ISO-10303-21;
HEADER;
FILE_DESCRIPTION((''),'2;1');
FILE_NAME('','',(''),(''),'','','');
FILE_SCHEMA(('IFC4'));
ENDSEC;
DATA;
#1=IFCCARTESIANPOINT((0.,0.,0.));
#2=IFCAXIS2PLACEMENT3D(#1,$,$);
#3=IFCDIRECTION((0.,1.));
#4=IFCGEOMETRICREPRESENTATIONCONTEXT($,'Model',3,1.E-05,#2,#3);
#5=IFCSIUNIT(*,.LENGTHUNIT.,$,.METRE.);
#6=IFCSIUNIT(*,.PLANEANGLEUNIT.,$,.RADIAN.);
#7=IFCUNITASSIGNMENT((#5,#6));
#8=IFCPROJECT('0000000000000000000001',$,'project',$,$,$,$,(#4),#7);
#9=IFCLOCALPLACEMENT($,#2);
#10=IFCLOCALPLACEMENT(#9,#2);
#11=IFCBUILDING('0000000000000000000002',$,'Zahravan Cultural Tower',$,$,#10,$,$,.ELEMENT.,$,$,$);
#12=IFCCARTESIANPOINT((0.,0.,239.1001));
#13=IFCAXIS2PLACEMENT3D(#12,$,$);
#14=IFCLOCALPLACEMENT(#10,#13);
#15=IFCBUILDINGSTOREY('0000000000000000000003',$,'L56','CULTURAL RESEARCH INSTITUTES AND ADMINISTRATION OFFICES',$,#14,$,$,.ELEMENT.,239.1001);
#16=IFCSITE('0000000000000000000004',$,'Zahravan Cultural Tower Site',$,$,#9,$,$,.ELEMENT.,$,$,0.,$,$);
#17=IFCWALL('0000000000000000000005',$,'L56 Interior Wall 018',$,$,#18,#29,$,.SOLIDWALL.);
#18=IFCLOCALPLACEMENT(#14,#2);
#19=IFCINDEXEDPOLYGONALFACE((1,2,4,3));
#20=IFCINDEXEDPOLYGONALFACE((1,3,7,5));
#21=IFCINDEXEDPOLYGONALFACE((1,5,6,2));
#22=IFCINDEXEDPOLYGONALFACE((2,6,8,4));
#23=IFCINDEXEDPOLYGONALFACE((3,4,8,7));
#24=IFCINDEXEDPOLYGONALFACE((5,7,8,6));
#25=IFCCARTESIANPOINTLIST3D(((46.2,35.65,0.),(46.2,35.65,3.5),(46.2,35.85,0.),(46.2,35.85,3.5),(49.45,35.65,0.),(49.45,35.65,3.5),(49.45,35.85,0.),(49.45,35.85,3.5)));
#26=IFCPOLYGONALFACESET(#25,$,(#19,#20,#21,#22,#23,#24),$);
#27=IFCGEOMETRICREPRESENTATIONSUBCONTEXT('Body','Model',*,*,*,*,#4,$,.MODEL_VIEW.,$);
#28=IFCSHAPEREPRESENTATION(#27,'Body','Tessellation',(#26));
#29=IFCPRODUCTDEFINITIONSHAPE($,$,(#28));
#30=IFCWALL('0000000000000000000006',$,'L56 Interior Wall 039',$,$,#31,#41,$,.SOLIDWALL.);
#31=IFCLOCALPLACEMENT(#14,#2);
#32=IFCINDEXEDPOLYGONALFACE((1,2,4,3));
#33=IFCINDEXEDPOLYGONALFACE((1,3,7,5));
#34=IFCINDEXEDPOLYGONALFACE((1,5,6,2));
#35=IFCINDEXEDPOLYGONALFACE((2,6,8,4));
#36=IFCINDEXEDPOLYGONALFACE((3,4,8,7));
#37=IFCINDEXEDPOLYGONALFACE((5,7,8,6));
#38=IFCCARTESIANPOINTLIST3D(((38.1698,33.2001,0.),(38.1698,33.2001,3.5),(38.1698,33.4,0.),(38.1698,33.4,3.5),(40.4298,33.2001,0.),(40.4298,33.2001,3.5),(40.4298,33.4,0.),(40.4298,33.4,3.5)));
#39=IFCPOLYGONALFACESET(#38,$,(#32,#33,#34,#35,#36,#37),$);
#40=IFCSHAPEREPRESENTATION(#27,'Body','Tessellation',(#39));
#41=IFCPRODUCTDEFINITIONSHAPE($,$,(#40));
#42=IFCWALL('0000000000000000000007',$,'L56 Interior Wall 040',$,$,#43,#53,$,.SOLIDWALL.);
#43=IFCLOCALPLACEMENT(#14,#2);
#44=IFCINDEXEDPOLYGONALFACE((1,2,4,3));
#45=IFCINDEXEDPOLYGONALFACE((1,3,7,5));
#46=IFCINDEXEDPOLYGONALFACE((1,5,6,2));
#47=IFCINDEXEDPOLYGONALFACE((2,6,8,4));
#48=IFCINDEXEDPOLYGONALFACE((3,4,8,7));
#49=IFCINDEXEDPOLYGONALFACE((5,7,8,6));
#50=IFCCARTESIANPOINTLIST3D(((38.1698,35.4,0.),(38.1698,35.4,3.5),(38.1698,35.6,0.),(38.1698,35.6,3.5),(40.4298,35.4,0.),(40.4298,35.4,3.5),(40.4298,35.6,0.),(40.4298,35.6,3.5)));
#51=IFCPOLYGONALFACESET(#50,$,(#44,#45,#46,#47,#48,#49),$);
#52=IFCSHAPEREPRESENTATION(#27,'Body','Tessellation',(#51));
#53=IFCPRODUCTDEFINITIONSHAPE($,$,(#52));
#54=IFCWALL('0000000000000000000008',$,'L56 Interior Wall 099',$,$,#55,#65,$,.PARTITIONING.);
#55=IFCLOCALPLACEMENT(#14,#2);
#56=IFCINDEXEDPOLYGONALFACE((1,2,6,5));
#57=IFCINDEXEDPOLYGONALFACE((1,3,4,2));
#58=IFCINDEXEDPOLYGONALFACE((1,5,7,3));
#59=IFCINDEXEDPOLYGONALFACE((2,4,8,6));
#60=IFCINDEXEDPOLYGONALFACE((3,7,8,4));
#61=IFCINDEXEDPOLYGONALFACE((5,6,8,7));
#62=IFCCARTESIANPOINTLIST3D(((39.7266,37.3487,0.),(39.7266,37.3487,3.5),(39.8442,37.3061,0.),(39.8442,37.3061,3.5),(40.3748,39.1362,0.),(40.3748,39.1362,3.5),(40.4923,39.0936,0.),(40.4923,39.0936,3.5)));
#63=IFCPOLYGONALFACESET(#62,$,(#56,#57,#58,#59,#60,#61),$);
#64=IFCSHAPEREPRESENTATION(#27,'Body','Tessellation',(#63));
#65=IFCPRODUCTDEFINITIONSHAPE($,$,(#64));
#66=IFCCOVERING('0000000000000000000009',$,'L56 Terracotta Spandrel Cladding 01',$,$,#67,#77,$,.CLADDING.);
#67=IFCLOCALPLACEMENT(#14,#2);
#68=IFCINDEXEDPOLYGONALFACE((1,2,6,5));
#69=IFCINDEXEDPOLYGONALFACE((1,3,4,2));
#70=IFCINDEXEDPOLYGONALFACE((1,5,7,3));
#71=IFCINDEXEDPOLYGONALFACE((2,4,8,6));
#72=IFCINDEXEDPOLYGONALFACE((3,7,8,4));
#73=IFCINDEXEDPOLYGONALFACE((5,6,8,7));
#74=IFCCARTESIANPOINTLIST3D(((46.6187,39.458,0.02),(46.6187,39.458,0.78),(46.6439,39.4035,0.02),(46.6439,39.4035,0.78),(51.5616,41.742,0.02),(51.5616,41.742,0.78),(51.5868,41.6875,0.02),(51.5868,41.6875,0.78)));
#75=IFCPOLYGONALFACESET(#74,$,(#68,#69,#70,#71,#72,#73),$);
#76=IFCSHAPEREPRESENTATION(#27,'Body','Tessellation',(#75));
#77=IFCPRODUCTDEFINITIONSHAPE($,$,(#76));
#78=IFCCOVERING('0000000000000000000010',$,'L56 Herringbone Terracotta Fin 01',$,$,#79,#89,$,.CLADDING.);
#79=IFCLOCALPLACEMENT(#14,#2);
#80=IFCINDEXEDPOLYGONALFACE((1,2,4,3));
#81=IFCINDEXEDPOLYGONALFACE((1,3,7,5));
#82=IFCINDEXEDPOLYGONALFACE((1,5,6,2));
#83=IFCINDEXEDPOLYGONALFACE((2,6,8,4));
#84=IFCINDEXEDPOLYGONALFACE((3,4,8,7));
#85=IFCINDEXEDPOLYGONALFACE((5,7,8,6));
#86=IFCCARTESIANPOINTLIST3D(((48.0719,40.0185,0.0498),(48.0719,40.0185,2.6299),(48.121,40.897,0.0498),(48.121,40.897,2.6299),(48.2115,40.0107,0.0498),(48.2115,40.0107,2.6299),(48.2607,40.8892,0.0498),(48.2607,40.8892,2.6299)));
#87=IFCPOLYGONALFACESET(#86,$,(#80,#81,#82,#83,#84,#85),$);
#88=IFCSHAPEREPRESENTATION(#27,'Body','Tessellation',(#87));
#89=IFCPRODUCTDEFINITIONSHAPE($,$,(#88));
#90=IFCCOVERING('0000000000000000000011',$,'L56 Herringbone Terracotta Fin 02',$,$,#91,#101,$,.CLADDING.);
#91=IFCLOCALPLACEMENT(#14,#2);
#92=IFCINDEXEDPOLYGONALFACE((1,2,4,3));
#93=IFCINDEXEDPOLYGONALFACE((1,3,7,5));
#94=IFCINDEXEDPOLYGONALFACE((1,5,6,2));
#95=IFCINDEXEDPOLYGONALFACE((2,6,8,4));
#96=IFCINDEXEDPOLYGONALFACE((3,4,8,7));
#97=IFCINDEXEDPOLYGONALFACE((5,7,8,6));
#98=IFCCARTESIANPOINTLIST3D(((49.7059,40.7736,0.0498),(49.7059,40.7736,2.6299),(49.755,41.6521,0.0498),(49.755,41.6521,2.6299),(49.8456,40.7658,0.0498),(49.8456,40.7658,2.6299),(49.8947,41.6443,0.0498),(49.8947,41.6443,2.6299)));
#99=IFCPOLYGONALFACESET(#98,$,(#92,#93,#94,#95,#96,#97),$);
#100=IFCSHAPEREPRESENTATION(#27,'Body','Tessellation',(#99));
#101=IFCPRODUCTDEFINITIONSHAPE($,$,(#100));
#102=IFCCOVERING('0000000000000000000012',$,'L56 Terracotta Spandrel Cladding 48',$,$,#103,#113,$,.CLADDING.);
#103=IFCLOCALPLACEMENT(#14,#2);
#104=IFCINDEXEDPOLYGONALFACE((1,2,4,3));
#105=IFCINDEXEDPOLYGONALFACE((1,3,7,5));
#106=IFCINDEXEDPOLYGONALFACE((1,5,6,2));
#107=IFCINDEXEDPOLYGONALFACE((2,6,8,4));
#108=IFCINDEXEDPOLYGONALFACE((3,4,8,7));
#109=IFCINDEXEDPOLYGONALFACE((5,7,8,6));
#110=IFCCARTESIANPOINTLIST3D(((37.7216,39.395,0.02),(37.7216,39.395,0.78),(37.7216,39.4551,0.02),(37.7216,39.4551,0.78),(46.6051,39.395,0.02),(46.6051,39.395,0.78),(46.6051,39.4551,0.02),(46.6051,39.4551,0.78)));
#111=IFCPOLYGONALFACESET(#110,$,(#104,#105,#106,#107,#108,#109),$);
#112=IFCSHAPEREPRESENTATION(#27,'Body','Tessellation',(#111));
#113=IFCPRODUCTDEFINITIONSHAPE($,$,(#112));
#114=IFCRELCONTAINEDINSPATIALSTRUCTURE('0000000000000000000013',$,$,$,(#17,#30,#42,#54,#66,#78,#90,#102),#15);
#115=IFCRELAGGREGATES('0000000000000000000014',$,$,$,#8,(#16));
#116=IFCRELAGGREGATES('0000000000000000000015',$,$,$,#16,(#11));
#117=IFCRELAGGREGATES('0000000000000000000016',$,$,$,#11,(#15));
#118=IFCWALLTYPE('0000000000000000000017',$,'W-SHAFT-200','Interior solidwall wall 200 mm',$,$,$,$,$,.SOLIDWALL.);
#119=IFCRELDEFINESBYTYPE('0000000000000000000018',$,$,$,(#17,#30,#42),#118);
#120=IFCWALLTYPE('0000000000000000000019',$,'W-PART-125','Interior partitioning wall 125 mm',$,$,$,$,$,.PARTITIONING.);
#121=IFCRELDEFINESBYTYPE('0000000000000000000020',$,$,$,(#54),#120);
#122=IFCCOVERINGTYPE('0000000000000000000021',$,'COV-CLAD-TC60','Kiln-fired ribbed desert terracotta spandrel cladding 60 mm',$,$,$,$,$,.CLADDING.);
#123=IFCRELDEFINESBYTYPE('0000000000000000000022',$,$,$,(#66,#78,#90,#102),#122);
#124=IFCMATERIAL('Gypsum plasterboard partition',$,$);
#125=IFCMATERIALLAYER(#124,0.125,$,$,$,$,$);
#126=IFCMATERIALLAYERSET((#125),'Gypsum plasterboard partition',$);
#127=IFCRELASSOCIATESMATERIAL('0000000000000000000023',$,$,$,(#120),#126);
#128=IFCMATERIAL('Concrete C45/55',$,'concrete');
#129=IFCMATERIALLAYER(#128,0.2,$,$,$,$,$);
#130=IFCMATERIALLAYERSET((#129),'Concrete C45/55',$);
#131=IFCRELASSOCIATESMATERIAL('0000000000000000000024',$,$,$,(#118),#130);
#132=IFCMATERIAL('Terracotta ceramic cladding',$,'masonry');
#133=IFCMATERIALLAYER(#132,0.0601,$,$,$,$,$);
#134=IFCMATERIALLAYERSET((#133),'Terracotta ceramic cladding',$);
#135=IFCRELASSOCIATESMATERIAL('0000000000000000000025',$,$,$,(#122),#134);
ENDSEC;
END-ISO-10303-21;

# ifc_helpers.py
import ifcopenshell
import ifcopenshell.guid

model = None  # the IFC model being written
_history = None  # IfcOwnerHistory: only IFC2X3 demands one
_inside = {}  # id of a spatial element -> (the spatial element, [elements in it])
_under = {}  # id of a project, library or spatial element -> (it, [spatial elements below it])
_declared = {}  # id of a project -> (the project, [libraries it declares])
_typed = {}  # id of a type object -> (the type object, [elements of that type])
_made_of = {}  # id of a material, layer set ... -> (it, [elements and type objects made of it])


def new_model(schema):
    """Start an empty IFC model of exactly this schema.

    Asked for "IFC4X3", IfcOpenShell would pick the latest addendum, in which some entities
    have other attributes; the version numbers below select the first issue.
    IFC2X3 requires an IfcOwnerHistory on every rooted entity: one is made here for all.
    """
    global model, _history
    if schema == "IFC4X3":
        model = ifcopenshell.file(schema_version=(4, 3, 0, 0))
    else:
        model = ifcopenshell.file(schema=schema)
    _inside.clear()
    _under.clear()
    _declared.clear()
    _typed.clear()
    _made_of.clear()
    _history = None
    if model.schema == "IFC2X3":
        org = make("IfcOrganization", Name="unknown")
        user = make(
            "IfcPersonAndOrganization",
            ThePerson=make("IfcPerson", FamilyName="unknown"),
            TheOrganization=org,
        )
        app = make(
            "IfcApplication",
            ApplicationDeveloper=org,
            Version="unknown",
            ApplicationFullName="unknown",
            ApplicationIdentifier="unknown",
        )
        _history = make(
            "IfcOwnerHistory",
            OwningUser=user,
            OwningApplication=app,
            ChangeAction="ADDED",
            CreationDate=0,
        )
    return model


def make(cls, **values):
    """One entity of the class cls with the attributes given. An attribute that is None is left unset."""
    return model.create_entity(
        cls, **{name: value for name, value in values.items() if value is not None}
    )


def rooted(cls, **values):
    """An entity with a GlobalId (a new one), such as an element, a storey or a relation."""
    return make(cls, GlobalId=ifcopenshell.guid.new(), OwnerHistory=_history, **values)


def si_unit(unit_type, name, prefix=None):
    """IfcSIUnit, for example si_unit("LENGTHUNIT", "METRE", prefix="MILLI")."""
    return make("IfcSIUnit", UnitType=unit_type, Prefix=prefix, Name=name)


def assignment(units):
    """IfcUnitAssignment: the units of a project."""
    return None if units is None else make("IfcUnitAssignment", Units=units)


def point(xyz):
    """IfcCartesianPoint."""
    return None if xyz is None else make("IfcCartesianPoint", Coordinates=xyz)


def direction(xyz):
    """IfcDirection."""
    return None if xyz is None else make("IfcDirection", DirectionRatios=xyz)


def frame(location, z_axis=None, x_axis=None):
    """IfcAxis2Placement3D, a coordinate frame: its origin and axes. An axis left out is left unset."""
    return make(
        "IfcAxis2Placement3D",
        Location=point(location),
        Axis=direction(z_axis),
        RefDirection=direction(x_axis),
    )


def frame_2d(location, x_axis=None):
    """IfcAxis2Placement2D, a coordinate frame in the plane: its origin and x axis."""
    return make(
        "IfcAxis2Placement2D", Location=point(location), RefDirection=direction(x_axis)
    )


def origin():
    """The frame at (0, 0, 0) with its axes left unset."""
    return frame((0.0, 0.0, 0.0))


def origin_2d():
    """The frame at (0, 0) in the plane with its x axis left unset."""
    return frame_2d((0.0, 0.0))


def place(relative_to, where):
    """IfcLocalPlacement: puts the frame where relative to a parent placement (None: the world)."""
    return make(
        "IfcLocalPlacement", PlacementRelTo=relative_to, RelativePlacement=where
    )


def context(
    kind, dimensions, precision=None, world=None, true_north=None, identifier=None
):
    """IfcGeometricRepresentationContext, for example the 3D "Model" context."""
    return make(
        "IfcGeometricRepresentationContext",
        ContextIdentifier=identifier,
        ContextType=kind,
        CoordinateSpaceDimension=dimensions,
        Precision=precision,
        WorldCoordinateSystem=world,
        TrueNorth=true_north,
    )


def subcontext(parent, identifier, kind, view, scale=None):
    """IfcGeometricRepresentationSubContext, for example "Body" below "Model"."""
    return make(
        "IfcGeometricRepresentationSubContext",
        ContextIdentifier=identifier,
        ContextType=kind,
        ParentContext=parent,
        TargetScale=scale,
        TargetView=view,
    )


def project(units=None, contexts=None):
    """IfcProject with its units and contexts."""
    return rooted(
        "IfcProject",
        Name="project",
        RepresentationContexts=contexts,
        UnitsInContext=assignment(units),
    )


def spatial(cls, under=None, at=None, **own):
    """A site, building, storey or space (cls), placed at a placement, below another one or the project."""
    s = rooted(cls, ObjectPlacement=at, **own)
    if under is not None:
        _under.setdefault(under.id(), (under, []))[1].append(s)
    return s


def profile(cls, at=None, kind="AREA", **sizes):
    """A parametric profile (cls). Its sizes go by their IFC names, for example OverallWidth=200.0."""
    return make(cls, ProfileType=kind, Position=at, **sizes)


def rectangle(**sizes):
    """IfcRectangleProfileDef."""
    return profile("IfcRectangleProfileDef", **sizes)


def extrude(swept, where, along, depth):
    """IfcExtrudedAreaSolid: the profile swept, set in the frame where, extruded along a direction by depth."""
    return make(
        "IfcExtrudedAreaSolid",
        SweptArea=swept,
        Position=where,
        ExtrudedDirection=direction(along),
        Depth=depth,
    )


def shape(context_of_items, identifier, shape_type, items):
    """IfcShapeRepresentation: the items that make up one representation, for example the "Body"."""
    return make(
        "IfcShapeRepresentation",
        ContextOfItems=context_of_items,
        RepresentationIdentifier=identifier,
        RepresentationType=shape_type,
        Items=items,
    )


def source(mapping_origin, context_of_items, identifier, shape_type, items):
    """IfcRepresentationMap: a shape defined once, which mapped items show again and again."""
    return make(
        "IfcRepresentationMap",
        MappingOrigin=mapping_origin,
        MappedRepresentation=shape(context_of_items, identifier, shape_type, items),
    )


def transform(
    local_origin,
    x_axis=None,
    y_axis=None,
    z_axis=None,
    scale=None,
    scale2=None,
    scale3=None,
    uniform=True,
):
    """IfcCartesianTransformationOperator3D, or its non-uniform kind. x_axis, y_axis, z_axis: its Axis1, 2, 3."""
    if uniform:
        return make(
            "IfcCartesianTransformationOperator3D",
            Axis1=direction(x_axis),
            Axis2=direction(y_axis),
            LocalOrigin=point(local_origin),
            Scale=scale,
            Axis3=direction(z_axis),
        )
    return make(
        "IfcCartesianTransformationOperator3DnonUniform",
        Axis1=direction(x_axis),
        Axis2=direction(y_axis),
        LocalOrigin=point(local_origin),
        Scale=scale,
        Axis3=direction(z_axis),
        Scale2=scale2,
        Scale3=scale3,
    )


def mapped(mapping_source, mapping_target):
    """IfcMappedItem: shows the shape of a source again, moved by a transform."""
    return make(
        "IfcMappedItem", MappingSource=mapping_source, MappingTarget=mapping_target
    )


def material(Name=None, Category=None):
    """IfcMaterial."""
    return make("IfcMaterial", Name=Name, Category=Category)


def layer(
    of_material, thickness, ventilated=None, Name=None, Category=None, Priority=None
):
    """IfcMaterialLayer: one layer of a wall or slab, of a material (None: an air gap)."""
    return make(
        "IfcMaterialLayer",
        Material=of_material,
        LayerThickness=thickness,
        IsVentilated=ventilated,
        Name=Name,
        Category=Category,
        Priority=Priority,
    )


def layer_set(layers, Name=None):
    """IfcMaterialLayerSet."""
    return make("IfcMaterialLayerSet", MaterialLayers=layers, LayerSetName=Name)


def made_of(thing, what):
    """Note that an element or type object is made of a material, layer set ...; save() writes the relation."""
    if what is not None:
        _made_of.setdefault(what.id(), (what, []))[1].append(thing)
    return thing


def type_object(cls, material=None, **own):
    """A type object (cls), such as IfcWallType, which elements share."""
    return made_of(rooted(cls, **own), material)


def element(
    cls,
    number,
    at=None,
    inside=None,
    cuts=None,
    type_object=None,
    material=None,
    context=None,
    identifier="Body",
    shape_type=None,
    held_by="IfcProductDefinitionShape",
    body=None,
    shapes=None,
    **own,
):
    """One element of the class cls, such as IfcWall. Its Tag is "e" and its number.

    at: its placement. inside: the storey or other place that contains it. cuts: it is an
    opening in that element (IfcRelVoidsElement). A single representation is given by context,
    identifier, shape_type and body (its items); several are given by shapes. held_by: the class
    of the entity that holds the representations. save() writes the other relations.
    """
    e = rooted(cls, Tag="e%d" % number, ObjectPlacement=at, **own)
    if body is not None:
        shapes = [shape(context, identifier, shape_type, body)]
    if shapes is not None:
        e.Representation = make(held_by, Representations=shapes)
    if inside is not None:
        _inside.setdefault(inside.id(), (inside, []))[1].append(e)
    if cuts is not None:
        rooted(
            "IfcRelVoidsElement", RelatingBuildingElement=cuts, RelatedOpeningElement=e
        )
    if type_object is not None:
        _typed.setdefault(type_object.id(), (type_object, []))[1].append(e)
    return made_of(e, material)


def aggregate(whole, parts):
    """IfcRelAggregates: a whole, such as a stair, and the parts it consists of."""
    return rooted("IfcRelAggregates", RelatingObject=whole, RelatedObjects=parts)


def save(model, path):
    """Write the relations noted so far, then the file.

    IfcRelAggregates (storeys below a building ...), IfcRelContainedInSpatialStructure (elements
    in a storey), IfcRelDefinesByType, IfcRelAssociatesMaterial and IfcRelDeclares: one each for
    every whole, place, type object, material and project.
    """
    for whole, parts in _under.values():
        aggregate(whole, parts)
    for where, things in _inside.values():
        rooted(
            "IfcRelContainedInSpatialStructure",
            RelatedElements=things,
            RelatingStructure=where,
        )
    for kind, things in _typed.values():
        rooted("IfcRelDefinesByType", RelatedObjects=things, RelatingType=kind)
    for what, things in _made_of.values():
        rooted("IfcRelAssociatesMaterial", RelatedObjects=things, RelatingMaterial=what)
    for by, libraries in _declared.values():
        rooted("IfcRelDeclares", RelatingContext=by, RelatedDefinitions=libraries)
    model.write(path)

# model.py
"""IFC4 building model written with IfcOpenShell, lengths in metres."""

from ifc_helpers import new_model, si_unit, direction, frame, frame_2d, origin, origin_2d, place, context, subcontext, project, spatial, rectangle, extrude, source, transform, mapped, material, layer, layer_set, type_object, element, save


model = new_model("IFC4")

# Units and contexts
model_context = context("Model", 3, precision=1e-05, world=origin(), true_north=direction((0.0, 1.0)))
body_context = subcontext(model_context, "Body", "Model", "MODEL_VIEW")
ifc_project = project(units=[si_unit("LENGTHUNIT", "METRE"), si_unit("PLANEANGLEUNIT", "RADIAN")], contexts=[model_context])

# Site, building, storey
site_placement = place(None, origin())
site = spatial("IfcSite", under=ifc_project, at=site_placement, Name="Zahravan Cultural Tower Site", CompositionType="ELEMENT", RefElevation=0.0)
building_placement = place(site_placement, origin())
building = spatial("IfcBuilding", under=site, at=building_placement, Name="Zahravan Cultural Tower", CompositionType="ELEMENT")
storey_placement = place(building_placement, frame((0.0, 0.0, 239.1001)))
storey = spatial("IfcBuildingStorey", under=building, at=storey_placement, Name="L56", Description="CULTURAL RESEARCH INSTITUTES AND ADMINISTRATION OFFICES", CompositionType="ELEMENT", Elevation=239.1001)

# Shared definitions
ifc_material_1 = material(Name="Concrete C45/55", Category="concrete")

# Shared definitions
ifc_material_2 = material(Name="Gypsum plasterboard partition")
ifc_layer_1 = layer(ifc_material_2, 0.125)
ifc_layer_set_1 = layer_set([ifc_layer_1], Name="Gypsum plasterboard partition")
wall_type_1 = type_object("IfcWallType", Name="W-PART-125", Description="Interior partitioning wall 125 mm", PredefinedType="PARTITIONING", material=ifc_layer_set_1)
ifc_layer_2 = layer(ifc_material_1, 0.2)
ifc_layer_set_2 = layer_set([ifc_layer_2], Name="Concrete C45/55")
wall_type_2 = type_object("IfcWallType", Name="W-SHAFT-200", Description="Interior solidwall wall 200 mm", PredefinedType="SOLIDWALL", material=ifc_layer_set_2)

# Walls
shared_shape_1 = source(origin(), body_context, "Body", "SweptSolid", [
    extrude(rectangle(XDim=3.25, YDim=0.2, at=frame_2d((1.625, 0.0))), origin(), (0.0, 0.0, 1.0), 3.5),
])
wall_1_placement = place(storey_placement, frame((46.2, 35.75, 0.0), z_axis=(0.0, 0.0, 1.0), x_axis=(1.0, 0.0, 0.0)))
element("IfcWall", 1, at=wall_1_placement, inside=storey, type_object=wall_type_2, Name="L56 Interior Wall 018", PredefinedType="SOLIDWALL", context=body_context, shape_type="MappedRepresentation", body=[
    mapped(shared_shape_1, transform((0.0, 0.0, 0.0), x_axis=(1.0, 0.0, 0.0), y_axis=(0.0, 1.0, 0.0), z_axis=(0.0, 0.0, 1.0), scale=1.0)),
])
shared_shape_2 = source(origin(), body_context, "Body", "SweptSolid", [
    extrude(rectangle(XDim=2.26, YDim=0.2, at=frame_2d((1.1299, 0.0))), origin(), (0.0, 0.0, 1.0), 3.5),
])
for number, where, z_axis, x_axis, name in (
    (2, (38.1699, 33.3, 0.0), (0.0, 0.0, 1.0), (1.0, 0.0, 0.0), "L56 Interior Wall 039"),
    (3, (38.1699, 35.5, 0.0), (0.0, 0.0, 1.0), (1.0, 0.0, 0.0), "L56 Interior Wall 040"),
):
    element("IfcWall", number, at=place(storey_placement, frame(where, z_axis=z_axis, x_axis=x_axis)), inside=storey, type_object=wall_type_2, Name=name, PredefinedType="SOLIDWALL", context=body_context, shape_type="MappedRepresentation", body=[
        mapped(shared_shape_2, transform((0.0, 0.0, 0.0), x_axis=(1.0, 0.0, 0.0), y_axis=(0.0, 1.0, 0.0), z_axis=(0.0, 0.0, 1.0), scale=1.0)),
    ])
shared_shape_3 = source(origin(), body_context, "Body", "SweptSolid", [
    extrude(rectangle(XDim=1.9014, YDim=0.125, at=frame_2d((0.9507, 0.0))), origin(), (0.0, 0.0, 1.0), 3.5),
])
wall_2_placement = place(storey_placement, frame((39.7854, 37.3274, 0.0), z_axis=(0.0, 0.0, 1.0), x_axis=(0.340887, 0.940104, 0.0)))
element("IfcWall", 4, at=wall_2_placement, inside=storey, type_object=wall_type_1, Name="L56 Interior Wall 099", PredefinedType="PARTITIONING", context=body_context, shape_type="MappedRepresentation", body=[
    mapped(shared_shape_3, transform((0.0, 0.0, 0.0), x_axis=(1.0, 0.0, 0.0), y_axis=(0.0, 1.0, 0.0), z_axis=(0.0, 0.0, 1.0), scale=1.0)),
])

# Coverings
ifc_material_3 = material(Name="Terracotta ceramic cladding", Category="masonry")
ifc_layer_3 = layer(ifc_material_3, 0.0601)
ifc_layer_set_3 = layer_set([ifc_layer_3], Name="Terracotta ceramic cladding")
covering_type = type_object("IfcCoveringType", Name="COV-CLAD-TC60", Description="Kiln-fired ribbed desert terracotta spandrel cladding 60 mm", PredefinedType="CLADDING", material=ifc_layer_set_3)
shared_shape_4 = source(origin(), body_context, "Body", "SweptSolid", [
    extrude(rectangle(XDim=5.4451, YDim=0.0601, at=origin_2d()), origin(), (0.0, 0.0, 1.0), 0.76),
])
covering_1_placement = place(storey_placement, frame((49.1028, 40.5728, 0.02), z_axis=(0.0, 0.0, 1.0), x_axis=(0.907777, 0.419452, 0.0)))
element("IfcCovering", 5, at=covering_1_placement, inside=storey, type_object=covering_type, Name="L56 Terracotta Spandrel Cladding 01", PredefinedType="CLADDING", context=body_context, shape_type="MappedRepresentation", body=[
    mapped(shared_shape_4, transform((0.0, 0.0, 0.0), x_axis=(1.0, 0.0, 0.0), y_axis=(0.0, 1.0, 0.0), z_axis=(0.0, 0.0, 1.0), scale=1.0)),
])
shared_shape_5 = source(origin(), body_context, "Body", "SweptSolid", [
    extrude(rectangle(XDim=0.8799, YDim=0.1399, at=origin_2d()), origin(), (0.0, 0.0, 1.0), 2.5801),
])
for number, where, z_axis, x_axis, name in (
    (6, (48.1663, 40.4539, 0.0498), (0.0, 0.0, 1.0), (0.055822, 0.998441, 0.0), "L56 Herringbone Terracotta Fin 01"),
    (7, (49.8003, 41.209, 0.0498), (0.0, 0.0, 1.0), (0.055822, 0.998441, 0.0), "L56 Herringbone Terracotta Fin 02"),
):
    element("IfcCovering", number, at=place(storey_placement, frame(where, z_axis=z_axis, x_axis=x_axis)), inside=storey, type_object=covering_type, Name=name, PredefinedType="CLADDING", context=body_context, shape_type="MappedRepresentation", body=[
        mapped(shared_shape_5, transform((0.0, 0.0, 0.0), x_axis=(1.0, 0.0, 0.0), y_axis=(0.0, 1.0, 0.0), z_axis=(0.0, 0.0, 1.0), scale=1.0)),
    ])
shared_shape_6 = source(origin(), body_context, "Body", "SweptSolid", [
    extrude(rectangle(XDim=8.8835, YDim=0.0601, at=origin_2d()), origin(), (0.0, 0.0, 1.0), 0.76),
])
covering_2_placement = place(storey_placement, frame((42.1633, 39.425, 0.02), z_axis=(0.0, 0.0, 1.0), x_axis=(1.0, 0.0, 0.0)))
element("IfcCovering", 8, at=covering_2_placement, inside=storey, type_object=covering_type, Name="L56 Terracotta Spandrel Cladding 48", PredefinedType="CLADDING", context=body_context, shape_type="MappedRepresentation", body=[
    mapped(shared_shape_6, transform((0.0, 0.0, 0.0), x_axis=(1.0, 0.0, 0.0), y_axis=(0.0, 1.0, 0.0), z_axis=(0.0, 0.0, 1.0), scale=1.0)),
])

save(model, "model.ifc")
